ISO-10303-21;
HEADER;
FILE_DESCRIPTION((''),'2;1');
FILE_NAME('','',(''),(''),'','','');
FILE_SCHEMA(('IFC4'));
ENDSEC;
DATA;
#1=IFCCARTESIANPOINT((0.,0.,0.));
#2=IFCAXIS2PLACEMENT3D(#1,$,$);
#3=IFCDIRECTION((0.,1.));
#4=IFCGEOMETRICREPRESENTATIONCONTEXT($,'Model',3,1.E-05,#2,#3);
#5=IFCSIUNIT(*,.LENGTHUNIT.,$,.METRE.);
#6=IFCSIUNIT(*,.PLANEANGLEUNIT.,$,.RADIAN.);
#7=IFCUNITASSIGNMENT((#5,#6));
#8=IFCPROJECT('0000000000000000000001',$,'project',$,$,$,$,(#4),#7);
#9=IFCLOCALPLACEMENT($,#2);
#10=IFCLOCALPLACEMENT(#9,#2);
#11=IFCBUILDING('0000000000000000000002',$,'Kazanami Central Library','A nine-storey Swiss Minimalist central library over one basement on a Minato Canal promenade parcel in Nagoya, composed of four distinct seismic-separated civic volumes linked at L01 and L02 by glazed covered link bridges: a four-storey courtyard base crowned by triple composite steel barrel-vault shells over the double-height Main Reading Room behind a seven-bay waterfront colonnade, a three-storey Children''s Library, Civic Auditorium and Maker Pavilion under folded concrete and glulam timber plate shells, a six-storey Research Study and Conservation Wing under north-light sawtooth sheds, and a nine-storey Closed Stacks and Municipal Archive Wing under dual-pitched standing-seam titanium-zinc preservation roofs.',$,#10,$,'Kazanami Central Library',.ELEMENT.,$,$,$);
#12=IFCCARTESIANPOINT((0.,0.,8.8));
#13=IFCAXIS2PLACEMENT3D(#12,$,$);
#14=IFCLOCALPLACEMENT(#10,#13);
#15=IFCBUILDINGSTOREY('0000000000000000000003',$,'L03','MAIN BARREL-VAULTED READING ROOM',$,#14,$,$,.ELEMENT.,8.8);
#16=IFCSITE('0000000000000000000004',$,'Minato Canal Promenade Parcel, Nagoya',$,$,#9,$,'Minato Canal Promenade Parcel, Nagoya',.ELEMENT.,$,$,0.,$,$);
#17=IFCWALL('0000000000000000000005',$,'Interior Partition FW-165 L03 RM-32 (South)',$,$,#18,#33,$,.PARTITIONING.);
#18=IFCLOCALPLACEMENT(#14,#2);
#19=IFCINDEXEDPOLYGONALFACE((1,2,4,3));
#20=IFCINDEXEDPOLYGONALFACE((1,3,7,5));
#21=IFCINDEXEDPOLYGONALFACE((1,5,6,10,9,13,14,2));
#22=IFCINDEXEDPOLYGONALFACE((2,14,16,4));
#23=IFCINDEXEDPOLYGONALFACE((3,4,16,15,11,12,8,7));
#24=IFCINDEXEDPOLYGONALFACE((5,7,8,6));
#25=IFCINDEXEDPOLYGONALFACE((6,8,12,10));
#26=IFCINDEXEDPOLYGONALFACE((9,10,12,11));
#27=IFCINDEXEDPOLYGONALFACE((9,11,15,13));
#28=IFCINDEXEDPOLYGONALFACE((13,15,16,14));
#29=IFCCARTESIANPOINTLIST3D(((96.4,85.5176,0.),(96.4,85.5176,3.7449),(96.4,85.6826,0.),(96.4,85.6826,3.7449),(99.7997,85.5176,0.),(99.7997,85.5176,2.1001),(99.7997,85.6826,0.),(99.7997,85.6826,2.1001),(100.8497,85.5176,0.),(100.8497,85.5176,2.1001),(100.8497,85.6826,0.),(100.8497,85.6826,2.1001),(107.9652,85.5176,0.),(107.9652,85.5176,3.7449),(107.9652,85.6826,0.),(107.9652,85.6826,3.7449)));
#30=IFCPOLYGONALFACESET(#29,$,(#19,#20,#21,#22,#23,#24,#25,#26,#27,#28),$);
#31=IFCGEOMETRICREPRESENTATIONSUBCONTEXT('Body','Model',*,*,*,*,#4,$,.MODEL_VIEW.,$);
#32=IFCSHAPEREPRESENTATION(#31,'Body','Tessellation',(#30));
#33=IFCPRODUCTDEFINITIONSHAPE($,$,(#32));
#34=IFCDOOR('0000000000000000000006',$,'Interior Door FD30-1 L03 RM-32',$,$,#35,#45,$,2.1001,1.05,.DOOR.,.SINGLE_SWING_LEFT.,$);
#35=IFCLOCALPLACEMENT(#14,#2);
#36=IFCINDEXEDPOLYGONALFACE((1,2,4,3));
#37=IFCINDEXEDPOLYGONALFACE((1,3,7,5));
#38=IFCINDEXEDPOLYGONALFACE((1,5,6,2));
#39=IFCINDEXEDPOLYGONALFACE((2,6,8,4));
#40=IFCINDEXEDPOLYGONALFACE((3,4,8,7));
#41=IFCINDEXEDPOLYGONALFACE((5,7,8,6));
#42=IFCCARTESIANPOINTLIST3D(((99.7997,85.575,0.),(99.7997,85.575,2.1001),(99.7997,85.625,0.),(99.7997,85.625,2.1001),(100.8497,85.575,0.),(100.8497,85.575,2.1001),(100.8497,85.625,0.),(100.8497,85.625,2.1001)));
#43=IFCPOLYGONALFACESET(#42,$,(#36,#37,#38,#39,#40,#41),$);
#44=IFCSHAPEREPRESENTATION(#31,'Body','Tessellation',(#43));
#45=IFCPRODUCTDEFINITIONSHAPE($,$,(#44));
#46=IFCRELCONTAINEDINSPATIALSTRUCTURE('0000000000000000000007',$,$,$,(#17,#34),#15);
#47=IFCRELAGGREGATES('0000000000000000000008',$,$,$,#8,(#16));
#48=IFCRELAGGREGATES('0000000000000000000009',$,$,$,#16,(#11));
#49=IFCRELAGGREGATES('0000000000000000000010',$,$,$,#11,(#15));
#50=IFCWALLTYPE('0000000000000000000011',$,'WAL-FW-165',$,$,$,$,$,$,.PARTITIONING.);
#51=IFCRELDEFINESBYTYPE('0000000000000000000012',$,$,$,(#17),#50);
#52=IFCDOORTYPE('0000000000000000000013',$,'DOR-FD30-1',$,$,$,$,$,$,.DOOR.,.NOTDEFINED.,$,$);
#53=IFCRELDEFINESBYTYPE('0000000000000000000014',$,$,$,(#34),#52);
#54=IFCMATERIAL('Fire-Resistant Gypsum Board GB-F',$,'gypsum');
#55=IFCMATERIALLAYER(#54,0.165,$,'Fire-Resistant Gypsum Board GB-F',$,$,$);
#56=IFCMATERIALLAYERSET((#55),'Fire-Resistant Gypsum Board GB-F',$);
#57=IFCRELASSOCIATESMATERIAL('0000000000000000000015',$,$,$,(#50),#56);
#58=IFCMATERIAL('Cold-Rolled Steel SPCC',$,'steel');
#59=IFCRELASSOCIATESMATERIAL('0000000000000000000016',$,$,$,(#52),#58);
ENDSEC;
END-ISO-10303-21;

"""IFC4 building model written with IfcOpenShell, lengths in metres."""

from ifc_helpers import new_model, si_unit, direction, frame, frame_2d, origin, place, context, subcontext, project, spatial, rectangle, extrude, material, layer, layer_set, type_object, element, fill, save


model = new_model("IFC4")

# Units and contexts
model_context = context("Model", 3, precision=1e-05, world=origin(), true_north=direction((0.0, 1.0)))
body_context = subcontext(model_context, "Body", "Model", "MODEL_VIEW")
ifc_project = project(units=[si_unit("LENGTHUNIT", "METRE"), si_unit("PLANEANGLEUNIT", "RADIAN")], contexts=[model_context])

# Site, building, storey
site_placement = place(None, origin())
site = spatial("IfcSite", under=ifc_project, at=site_placement, Name="Minato Canal Promenade Parcel, Nagoya", LongName="Minato Canal Promenade Parcel, Nagoya", CompositionType="ELEMENT", RefElevation=0.0)
building_placement = place(site_placement, origin())
building = spatial("IfcBuilding", under=site, at=building_placement, Name="Kazanami Central Library", Description="A nine-storey Swiss Minimalist central library over one basement on a Minato Canal promenade parcel in Nagoya, composed of four distinct seismic-separated civic volumes linked at L01 and L02 by glazed covered link bridges: a four-storey courtyard base crowned by triple composite steel barrel-vault shells over the double-height Main Reading Room behind a seven-bay waterfront colonnade, a three-storey Children's Library, Civic Auditorium and Maker Pavilion under folded concrete and glulam timber plate shells, a six-storey Research Study and Conservation Wing under north-light sawtooth sheds, and a nine-storey Closed Stacks and Municipal Archive Wing under dual-pitched standing-seam titanium-zinc preservation roofs.", LongName="Kazanami Central Library", CompositionType="ELEMENT")
storey_placement = place(building_placement, frame((0.0, 0.0, 8.8)))
storey = spatial("IfcBuildingStorey", under=building, at=storey_placement, Name="L03", Description="MAIN BARREL-VAULTED READING ROOM", CompositionType="ELEMENT", Elevation=8.8)

# Wall, opening, door
ifc_material_1 = material(Name="Fire-Resistant Gypsum Board GB-F", Category="gypsum")
ifc_layer_1 = layer(ifc_material_1, 0.165, Name="Fire-Resistant Gypsum Board GB-F")
ifc_layer_set_1 = layer_set([ifc_layer_1], Name="Fire-Resistant Gypsum Board GB-F")
wall_type_1 = type_object("IfcWallType", Name="WAL-FW-165", PredefinedType="PARTITIONING", material=ifc_layer_set_1)
wall_1_placement = place(storey_placement, frame((96.3999, 85.6001, 0.0), z_axis=(0.0, 0.0, 1.0), x_axis=(1.0, 0.0, 0.0)))
wall_1 = element("IfcWall", 1, at=wall_1_placement, inside=storey, type_object=wall_type_1, Name="Interior Partition FW-165 L03 RM-32 (South)", PredefinedType="PARTITIONING", context=body_context, shape_type="SweptSolid", body=[
    extrude(rectangle(XDim=11.5652, YDim=0.165, at=frame_2d((5.7827, 0.0))), origin(), (0.0, 0.0, 1.0), 3.7449),
])
opening_1_placement = place(wall_1_placement, frame((3.3999, 0.0, 0.0)))
opening_1 = element("IfcOpeningElement", 2, at=opening_1_placement, cuts=wall_1, PredefinedType="OPENING", context=body_context, shape_type="SweptSolid", body=[
    extrude(rectangle(XDim=1.05, YDim=2.1001, at=frame_2d((0.5249, 1.05))), frame((0.0, 0.0945, 0.0), z_axis=(0.0, -1.0, 0.0), x_axis=(1.0, 0.0, 0.0)), (0.0, 0.0, 1.0), 0.189),
])
ifc_material_2 = material(Name="Cold-Rolled Steel SPCC", Category="steel")
door_type = type_object("IfcDoorType", Name="DOR-FD30-1", OperationType="NOTDEFINED", PredefinedType="DOOR", material=ifc_material_2)
door_placement = place(opening_1_placement, origin())
door = element("IfcDoor", 3, at=door_placement, inside=storey, type_object=door_type, Name="Interior Door FD30-1 L03 RM-32", OperationType="SINGLE_SWING_LEFT", OverallHeight=2.1001, OverallWidth=1.05, PredefinedType="DOOR", context=body_context, shape_type="SweptSolid", body=[
    extrude(rectangle(XDim=1.05, YDim=2.1001, at=frame_2d((0.5249, 1.05))), frame((0.0, 0.0249, 0.0), z_axis=(0.0, -1.0, 0.0), x_axis=(1.0, 0.0, 0.0)), (0.0, 0.0, 1.0), 0.05),
])
fill(opening_1, door)

save(model, "model.ifc")
